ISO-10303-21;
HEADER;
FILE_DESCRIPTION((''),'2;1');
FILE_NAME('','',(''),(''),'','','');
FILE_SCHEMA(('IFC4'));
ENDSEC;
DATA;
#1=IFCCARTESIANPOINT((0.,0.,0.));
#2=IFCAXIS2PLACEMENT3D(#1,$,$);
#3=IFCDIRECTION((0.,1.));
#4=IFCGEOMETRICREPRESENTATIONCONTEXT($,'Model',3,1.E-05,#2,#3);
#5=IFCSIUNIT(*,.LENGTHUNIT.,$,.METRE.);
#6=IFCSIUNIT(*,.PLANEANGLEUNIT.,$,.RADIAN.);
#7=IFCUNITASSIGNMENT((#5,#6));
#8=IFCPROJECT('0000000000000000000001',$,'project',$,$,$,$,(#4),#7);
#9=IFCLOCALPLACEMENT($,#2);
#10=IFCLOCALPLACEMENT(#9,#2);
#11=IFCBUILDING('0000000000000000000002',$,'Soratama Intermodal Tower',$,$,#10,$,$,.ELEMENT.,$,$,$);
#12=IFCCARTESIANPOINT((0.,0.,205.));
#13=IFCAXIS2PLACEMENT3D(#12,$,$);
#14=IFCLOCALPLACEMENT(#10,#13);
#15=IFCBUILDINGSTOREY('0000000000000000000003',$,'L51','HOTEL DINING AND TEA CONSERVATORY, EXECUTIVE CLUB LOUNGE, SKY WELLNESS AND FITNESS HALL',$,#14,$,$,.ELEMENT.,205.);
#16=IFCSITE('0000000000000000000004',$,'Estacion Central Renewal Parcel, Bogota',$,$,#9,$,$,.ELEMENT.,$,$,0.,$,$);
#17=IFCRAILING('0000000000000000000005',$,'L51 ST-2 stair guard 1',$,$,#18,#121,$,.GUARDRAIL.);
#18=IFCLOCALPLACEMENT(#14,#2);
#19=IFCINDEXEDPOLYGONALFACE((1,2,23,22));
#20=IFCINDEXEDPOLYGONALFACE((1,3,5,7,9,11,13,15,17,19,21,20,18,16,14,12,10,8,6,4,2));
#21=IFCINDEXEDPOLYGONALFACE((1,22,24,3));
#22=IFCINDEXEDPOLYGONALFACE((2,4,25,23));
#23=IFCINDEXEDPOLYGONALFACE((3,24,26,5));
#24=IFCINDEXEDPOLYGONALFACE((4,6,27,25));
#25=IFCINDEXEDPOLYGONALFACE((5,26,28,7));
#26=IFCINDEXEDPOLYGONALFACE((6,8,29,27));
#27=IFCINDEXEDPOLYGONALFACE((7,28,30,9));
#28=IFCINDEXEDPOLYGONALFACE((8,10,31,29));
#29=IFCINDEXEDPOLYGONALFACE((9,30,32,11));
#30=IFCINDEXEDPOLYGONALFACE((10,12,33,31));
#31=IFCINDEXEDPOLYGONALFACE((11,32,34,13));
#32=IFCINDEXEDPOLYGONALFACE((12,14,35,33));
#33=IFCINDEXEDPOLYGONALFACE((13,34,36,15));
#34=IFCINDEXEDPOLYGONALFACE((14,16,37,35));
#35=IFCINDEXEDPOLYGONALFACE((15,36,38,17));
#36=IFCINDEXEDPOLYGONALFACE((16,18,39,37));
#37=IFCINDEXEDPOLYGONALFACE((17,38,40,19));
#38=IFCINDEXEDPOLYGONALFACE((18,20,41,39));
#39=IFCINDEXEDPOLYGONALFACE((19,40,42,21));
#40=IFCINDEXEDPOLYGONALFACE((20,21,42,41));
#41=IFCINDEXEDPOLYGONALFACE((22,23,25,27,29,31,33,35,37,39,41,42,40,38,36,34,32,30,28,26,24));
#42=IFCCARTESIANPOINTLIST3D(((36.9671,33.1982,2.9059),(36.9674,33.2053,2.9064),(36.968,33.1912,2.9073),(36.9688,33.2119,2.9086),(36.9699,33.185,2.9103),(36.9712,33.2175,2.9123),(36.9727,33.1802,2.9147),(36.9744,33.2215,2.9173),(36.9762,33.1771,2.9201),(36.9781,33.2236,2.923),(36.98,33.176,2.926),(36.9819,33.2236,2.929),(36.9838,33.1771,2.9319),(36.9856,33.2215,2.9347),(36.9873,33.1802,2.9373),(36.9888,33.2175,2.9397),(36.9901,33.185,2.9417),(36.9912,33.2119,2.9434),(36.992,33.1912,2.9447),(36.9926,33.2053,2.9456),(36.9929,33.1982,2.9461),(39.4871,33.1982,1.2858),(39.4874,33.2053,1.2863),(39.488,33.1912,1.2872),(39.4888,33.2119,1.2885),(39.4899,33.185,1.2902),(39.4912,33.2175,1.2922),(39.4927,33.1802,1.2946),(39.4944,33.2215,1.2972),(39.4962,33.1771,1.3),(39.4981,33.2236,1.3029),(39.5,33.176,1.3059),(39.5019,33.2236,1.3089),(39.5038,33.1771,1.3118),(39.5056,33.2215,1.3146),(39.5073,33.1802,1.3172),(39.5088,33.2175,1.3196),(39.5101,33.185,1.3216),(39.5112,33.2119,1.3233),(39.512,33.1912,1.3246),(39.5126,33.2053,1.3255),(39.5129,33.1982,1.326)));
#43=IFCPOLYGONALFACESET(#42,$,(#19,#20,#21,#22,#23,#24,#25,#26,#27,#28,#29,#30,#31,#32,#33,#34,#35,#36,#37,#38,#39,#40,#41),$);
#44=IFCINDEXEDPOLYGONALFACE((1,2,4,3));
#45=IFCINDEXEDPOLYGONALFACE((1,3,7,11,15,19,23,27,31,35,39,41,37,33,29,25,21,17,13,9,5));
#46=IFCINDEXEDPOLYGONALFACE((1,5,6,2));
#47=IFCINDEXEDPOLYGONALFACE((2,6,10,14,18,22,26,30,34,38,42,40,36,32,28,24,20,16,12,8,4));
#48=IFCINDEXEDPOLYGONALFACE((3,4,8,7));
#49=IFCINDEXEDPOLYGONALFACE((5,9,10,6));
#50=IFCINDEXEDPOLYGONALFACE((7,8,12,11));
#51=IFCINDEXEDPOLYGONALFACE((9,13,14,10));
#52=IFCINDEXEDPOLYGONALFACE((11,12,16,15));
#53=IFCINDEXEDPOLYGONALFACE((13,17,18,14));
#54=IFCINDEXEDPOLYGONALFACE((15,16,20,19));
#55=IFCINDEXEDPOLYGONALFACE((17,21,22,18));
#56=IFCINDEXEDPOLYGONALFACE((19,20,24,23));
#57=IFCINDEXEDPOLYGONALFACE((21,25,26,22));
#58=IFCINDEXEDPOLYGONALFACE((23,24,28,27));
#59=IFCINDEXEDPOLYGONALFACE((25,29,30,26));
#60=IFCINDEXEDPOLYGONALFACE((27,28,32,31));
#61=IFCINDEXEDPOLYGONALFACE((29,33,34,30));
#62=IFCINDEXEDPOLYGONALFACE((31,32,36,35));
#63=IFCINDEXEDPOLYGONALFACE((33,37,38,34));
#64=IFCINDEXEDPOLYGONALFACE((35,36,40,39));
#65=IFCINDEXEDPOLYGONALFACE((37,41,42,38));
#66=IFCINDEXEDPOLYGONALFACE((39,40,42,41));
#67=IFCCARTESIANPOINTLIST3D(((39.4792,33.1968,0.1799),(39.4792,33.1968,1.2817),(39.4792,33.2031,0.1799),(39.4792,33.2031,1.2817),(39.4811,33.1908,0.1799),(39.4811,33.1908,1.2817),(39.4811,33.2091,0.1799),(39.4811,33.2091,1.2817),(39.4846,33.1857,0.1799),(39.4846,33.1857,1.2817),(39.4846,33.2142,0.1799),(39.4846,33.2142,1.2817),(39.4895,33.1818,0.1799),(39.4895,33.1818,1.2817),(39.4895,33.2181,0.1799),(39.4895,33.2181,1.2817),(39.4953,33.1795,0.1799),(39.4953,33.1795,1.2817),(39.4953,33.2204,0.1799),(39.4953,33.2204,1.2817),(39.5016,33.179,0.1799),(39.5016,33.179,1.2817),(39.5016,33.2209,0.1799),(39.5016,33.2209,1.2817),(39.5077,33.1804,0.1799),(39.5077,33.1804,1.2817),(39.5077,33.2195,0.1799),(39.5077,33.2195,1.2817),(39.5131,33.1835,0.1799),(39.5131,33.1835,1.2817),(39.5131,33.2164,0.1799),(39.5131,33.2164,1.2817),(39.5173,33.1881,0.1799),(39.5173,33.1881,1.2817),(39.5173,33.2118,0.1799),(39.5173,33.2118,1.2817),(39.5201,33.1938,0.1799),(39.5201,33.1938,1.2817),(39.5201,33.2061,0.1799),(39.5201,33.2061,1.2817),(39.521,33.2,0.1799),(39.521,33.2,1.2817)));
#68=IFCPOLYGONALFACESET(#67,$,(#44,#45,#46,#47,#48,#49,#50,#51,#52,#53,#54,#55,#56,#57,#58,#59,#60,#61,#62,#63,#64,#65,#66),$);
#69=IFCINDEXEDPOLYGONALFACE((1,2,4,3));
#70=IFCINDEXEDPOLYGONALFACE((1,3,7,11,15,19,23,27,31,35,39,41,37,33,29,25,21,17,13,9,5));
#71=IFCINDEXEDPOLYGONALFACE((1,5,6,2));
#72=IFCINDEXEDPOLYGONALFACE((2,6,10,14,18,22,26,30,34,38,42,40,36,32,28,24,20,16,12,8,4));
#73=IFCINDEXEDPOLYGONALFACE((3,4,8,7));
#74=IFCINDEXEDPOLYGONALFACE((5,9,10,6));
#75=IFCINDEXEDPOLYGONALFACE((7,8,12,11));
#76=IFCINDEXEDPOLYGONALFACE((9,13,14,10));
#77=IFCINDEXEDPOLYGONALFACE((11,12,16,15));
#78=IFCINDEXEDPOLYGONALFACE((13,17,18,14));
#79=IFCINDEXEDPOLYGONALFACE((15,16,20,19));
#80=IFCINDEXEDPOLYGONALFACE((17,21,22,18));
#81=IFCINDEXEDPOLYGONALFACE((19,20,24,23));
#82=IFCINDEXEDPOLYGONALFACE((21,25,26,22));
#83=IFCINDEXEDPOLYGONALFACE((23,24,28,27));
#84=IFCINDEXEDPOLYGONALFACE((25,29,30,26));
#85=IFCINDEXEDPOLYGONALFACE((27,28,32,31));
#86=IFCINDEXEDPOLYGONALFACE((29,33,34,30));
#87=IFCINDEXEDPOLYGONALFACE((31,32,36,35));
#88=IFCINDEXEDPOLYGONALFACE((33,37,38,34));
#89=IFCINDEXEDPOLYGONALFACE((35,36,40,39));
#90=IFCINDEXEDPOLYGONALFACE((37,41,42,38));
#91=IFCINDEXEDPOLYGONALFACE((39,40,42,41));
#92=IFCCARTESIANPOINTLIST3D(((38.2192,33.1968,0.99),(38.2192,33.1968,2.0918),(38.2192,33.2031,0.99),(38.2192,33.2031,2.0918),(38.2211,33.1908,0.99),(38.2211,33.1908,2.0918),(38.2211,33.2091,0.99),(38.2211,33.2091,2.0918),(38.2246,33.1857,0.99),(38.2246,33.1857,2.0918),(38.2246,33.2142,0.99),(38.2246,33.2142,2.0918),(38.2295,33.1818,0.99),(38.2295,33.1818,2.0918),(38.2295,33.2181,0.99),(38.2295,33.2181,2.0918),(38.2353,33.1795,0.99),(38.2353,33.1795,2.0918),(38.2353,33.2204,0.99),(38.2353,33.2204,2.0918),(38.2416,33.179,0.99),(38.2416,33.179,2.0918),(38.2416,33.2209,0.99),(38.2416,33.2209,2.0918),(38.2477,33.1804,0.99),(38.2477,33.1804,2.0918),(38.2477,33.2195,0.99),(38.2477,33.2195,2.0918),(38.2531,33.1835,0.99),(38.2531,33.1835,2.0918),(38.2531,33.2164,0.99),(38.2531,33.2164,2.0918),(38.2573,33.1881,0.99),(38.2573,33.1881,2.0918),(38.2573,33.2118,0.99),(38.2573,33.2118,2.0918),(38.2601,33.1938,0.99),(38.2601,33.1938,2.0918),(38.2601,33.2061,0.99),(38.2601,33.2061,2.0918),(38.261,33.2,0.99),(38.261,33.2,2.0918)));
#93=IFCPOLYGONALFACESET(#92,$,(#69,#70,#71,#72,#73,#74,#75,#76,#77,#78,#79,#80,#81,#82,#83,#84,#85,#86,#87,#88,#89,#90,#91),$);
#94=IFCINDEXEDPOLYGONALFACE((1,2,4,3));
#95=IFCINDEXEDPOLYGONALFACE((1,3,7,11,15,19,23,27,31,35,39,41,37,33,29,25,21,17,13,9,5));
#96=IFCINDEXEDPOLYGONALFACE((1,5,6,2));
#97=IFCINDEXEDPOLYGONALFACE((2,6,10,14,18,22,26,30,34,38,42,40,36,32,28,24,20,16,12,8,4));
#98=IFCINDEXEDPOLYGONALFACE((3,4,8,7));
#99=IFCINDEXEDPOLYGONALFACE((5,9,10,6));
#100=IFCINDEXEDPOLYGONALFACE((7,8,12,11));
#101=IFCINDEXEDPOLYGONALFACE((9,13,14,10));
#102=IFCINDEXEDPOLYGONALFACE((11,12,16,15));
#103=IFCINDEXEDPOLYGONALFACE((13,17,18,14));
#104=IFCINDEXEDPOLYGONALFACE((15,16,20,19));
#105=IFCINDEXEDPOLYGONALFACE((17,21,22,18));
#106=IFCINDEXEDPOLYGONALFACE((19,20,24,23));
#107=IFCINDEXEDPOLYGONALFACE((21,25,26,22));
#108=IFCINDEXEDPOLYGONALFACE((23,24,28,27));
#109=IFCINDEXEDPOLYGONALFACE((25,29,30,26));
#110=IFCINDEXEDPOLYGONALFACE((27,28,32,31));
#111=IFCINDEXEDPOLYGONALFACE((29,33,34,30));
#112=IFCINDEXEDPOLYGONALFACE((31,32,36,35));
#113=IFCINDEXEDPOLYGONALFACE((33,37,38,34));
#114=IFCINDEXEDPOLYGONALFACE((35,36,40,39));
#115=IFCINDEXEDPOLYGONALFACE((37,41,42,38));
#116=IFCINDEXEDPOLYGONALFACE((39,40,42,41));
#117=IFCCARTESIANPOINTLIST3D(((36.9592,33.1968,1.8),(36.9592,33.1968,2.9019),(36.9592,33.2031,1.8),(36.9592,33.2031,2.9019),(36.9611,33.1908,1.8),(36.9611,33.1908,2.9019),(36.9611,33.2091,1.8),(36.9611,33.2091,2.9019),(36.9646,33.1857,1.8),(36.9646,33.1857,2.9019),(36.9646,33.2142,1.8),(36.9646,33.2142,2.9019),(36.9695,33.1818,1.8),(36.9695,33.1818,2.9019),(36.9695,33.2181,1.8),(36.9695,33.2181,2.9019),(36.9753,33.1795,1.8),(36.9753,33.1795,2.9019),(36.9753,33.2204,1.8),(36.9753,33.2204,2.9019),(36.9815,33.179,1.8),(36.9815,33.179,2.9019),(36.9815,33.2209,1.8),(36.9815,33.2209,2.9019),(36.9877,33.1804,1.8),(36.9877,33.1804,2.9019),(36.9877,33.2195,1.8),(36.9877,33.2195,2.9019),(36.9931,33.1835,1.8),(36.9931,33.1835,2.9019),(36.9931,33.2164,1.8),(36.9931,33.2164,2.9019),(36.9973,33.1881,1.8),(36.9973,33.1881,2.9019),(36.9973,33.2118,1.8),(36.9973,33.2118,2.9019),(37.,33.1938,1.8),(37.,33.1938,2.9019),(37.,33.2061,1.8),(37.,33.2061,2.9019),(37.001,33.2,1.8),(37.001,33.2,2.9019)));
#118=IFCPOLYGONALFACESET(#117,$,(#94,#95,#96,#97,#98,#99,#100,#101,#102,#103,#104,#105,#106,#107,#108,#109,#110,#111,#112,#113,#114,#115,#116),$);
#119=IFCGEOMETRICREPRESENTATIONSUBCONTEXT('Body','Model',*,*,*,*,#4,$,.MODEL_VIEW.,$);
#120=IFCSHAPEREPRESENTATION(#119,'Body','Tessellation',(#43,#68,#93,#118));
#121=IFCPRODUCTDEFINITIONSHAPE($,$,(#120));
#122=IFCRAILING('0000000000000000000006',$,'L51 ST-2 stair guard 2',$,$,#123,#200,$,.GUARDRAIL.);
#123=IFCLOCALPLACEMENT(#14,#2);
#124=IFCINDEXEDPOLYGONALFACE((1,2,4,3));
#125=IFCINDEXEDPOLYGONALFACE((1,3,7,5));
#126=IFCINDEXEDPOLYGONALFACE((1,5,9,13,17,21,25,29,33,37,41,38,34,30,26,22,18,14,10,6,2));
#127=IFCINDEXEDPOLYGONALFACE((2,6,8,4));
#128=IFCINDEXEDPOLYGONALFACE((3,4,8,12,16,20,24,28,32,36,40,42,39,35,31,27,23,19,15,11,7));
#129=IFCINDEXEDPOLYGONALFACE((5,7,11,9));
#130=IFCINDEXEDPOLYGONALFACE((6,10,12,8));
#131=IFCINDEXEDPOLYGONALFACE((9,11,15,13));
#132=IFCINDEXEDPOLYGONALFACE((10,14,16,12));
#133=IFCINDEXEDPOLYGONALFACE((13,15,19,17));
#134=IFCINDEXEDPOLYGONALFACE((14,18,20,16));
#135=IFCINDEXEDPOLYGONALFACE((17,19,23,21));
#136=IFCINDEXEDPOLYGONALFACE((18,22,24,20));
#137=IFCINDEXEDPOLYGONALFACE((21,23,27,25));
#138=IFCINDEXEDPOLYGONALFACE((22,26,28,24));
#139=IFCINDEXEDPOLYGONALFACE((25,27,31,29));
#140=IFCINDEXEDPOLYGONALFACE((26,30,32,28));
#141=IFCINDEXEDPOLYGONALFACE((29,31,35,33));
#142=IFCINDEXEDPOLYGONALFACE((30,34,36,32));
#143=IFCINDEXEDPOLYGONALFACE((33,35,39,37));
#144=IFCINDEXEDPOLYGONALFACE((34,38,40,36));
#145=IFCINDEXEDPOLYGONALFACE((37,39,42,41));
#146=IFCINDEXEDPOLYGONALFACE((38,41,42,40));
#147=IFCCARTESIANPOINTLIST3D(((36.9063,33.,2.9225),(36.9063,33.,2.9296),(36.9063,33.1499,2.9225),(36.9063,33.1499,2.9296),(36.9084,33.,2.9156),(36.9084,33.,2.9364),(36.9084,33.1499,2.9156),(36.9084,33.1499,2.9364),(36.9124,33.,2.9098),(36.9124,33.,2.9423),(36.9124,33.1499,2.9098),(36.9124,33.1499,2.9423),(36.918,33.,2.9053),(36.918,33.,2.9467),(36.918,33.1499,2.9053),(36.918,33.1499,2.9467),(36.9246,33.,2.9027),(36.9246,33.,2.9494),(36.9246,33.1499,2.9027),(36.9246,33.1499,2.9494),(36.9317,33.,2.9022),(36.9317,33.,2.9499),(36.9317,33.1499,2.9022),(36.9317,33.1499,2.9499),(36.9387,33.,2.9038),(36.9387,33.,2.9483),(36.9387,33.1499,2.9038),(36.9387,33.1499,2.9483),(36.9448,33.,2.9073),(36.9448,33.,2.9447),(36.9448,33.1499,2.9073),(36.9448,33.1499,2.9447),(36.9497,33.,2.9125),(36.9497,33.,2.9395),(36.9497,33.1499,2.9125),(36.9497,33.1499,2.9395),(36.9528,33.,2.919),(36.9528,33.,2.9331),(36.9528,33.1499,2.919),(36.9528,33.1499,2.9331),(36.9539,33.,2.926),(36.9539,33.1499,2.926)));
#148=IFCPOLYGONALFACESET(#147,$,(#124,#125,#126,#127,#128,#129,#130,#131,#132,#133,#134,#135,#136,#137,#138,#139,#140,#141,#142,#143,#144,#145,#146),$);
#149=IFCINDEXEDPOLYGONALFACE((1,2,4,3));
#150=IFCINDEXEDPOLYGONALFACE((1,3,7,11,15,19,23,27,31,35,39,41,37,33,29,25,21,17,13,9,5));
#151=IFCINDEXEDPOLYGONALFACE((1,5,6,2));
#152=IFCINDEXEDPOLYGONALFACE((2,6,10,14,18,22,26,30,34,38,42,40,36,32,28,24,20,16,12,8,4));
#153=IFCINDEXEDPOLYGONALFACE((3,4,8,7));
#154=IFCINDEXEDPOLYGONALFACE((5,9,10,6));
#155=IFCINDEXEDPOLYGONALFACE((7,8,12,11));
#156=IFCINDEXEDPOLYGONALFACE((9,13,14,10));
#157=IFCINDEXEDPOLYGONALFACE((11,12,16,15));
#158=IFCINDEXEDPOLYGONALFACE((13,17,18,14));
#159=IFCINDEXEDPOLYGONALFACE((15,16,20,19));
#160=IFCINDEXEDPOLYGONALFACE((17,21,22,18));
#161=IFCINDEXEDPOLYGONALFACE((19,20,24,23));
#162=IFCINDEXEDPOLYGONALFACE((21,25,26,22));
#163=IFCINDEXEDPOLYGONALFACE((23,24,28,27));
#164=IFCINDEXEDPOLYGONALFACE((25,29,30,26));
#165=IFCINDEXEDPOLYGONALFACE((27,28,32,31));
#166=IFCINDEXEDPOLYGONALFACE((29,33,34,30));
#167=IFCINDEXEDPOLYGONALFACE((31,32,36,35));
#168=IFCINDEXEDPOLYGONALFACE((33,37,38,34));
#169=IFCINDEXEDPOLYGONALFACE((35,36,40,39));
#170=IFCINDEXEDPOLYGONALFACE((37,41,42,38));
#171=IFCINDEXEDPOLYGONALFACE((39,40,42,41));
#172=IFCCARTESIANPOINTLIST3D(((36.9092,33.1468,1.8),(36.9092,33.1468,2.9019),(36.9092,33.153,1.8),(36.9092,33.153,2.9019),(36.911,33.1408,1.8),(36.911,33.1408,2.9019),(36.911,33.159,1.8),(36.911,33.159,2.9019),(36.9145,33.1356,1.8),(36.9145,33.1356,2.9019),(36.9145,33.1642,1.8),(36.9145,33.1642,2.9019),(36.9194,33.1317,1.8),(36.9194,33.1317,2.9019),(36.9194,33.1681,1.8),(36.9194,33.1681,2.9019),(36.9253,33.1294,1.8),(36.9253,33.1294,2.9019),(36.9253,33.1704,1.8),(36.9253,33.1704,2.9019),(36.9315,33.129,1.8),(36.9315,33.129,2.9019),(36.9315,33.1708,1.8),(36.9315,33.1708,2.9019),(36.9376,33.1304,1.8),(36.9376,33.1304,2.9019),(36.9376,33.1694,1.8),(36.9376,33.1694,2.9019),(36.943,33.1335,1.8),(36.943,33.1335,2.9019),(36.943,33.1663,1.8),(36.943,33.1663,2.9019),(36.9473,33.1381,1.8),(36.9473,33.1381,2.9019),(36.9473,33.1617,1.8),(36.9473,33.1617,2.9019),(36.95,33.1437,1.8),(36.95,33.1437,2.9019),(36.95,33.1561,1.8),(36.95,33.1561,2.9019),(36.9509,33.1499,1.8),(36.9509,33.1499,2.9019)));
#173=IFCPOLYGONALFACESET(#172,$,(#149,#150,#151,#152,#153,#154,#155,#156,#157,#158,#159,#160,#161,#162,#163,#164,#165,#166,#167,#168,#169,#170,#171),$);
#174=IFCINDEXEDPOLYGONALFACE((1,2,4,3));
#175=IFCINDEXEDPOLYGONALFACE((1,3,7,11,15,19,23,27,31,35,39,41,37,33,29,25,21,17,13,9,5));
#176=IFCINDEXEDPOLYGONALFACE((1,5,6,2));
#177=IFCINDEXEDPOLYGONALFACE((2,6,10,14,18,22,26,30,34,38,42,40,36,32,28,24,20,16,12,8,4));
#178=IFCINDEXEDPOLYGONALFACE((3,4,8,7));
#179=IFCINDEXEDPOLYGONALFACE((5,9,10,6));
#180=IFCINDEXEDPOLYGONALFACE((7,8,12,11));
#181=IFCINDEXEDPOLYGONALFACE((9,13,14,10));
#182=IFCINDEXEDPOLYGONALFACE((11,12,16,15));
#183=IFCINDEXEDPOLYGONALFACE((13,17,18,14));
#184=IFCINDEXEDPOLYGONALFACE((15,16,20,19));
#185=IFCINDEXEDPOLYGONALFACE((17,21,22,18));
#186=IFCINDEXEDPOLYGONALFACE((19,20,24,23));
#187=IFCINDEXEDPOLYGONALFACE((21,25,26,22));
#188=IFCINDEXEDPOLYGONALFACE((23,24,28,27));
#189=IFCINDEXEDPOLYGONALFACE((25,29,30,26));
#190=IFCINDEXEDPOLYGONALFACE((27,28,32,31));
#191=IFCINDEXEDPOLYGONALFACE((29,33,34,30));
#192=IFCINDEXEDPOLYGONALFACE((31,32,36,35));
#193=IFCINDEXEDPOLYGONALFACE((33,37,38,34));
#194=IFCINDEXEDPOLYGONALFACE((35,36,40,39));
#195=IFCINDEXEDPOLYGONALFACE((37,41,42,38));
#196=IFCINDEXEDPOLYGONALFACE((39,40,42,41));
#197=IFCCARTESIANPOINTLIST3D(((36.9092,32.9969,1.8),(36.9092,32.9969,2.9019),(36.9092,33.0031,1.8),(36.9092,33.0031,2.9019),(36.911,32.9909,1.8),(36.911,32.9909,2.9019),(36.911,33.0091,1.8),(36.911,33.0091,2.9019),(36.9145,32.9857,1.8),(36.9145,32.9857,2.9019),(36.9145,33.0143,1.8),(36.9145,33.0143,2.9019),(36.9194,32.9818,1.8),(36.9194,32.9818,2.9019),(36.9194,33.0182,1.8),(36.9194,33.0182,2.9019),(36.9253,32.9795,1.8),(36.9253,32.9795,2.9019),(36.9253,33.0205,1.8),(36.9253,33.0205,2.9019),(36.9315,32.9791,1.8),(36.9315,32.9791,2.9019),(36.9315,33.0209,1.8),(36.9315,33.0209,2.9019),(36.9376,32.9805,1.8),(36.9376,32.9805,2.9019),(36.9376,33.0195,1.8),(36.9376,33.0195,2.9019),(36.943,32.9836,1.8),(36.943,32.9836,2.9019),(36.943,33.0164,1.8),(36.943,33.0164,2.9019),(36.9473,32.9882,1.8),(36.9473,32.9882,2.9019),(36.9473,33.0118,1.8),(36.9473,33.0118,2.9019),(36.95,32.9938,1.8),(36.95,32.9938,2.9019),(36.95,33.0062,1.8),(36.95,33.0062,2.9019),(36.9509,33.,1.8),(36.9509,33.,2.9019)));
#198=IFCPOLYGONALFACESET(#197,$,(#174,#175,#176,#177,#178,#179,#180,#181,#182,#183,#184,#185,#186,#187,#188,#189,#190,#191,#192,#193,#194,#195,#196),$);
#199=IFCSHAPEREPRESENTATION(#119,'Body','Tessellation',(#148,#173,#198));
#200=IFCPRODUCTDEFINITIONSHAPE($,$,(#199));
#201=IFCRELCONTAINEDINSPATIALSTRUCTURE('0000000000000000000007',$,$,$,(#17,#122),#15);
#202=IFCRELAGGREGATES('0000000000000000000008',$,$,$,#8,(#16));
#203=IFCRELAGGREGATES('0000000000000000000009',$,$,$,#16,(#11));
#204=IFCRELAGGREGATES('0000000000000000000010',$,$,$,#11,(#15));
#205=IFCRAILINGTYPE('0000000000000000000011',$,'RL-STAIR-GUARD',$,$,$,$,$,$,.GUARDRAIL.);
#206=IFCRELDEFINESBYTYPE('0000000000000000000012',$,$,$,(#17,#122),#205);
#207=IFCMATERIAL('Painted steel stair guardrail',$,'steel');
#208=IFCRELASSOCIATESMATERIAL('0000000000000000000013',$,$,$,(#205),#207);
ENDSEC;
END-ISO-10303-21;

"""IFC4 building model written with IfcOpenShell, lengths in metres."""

from ifc_helpers import new_model, si_unit, direction, frame, origin, origin_2d, place, context, subcontext, project, spatial, circle, extrude, material, type_object, element, save


model = new_model("IFC4")

# Units and contexts
model_context = context("Model", 3, precision=1e-05, world=origin(), true_north=direction((0.0, 1.0)))
body_context = subcontext(model_context, "Body", "Model", "MODEL_VIEW")
ifc_project = project(units=[si_unit("LENGTHUNIT", "METRE"), si_unit("PLANEANGLEUNIT", "RADIAN")], contexts=[model_context])

# Site, building, storey
site_placement = place(None, origin())
site = spatial("IfcSite", under=ifc_project, at=site_placement, Name="Estacion Central Renewal Parcel, Bogota", CompositionType="ELEMENT", RefElevation=0.0)
building_placement = place(site_placement, origin())
building = spatial("IfcBuilding", under=site, at=building_placement, Name="Soratama Intermodal Tower", CompositionType="ELEMENT")
storey_placement = place(building_placement, frame((0.0, 0.0, 205.0)))
storey = spatial("IfcBuildingStorey", under=building, at=storey_placement, Name="L51", Description="HOTEL DINING AND TEA CONSERVATORY, EXECUTIVE CLUB LOUNGE, SKY WELLNESS AND FITNESS HALL", CompositionType="ELEMENT", Elevation=205.0)

# Railings
ifc_material_1 = material(Name="Painted steel stair guardrail", Category="steel")
railing_type_1 = type_object("IfcRailingType", Name="RL-STAIR-GUARD", PredefinedType="GUARDRAIL", material=ifc_material_1)
railing_1_placement = place(storey_placement, frame((39.5, 33.2, 0.1799)))
element("IfcRailing", 1, at=railing_1_placement, inside=storey, type_object=railing_type_1, Name="L51 ST-2 stair guard 1", PredefinedType="GUARDRAIL", context=body_context, shape_type="SweptSolid", body=[
    extrude(circle(Radius=0.0239, at=origin_2d()), frame((0.0, 0.0, 1.126), z_axis=(-0.841163, 0.0, 0.540782), x_axis=(0.0, -1.0, 0.0)), (0.0, 0.0, 1.0), 2.9958),
    extrude(circle(Radius=0.021, at=origin_2d()), origin(), (0.0, 0.0, 1.0), 1.1018),
    extrude(circle(Radius=0.021, at=origin_2d()), frame((-1.26, 0.0, 0.8101)), (0.0, 0.0, 1.0), 1.1018),
    extrude(circle(Radius=0.021, at=origin_2d()), frame((-2.52, 0.0, 1.6201)), (0.0, 0.0, 1.0), 1.1018),
])
railing_2_placement = place(storey_placement, frame((36.9299, 33.1499, 1.8)))
element("IfcRailing", 2, at=railing_2_placement, inside=storey, type_object=railing_type_1, Name="L51 ST-2 stair guard 2", PredefinedType="GUARDRAIL", context=body_context, shape_type="SweptSolid", body=[
    extrude(circle(Radius=0.0239, at=origin_2d()), frame((0.0, 0.0, 1.126), z_axis=(0.0, -1.0, 0.0), x_axis=(1.0, 0.0, 0.0)), (0.0, 0.0, 1.0), 0.1499),
    extrude(circle(Radius=0.021, at=origin_2d()), origin(), (0.0, 0.0, 1.0), 1.1018),
    extrude(circle(Radius=0.021, at=origin_2d()), frame((0.0, -0.1499, 0.0)), (0.0, 0.0, 1.0), 1.1018),
])

save(model, "model.ifc")
